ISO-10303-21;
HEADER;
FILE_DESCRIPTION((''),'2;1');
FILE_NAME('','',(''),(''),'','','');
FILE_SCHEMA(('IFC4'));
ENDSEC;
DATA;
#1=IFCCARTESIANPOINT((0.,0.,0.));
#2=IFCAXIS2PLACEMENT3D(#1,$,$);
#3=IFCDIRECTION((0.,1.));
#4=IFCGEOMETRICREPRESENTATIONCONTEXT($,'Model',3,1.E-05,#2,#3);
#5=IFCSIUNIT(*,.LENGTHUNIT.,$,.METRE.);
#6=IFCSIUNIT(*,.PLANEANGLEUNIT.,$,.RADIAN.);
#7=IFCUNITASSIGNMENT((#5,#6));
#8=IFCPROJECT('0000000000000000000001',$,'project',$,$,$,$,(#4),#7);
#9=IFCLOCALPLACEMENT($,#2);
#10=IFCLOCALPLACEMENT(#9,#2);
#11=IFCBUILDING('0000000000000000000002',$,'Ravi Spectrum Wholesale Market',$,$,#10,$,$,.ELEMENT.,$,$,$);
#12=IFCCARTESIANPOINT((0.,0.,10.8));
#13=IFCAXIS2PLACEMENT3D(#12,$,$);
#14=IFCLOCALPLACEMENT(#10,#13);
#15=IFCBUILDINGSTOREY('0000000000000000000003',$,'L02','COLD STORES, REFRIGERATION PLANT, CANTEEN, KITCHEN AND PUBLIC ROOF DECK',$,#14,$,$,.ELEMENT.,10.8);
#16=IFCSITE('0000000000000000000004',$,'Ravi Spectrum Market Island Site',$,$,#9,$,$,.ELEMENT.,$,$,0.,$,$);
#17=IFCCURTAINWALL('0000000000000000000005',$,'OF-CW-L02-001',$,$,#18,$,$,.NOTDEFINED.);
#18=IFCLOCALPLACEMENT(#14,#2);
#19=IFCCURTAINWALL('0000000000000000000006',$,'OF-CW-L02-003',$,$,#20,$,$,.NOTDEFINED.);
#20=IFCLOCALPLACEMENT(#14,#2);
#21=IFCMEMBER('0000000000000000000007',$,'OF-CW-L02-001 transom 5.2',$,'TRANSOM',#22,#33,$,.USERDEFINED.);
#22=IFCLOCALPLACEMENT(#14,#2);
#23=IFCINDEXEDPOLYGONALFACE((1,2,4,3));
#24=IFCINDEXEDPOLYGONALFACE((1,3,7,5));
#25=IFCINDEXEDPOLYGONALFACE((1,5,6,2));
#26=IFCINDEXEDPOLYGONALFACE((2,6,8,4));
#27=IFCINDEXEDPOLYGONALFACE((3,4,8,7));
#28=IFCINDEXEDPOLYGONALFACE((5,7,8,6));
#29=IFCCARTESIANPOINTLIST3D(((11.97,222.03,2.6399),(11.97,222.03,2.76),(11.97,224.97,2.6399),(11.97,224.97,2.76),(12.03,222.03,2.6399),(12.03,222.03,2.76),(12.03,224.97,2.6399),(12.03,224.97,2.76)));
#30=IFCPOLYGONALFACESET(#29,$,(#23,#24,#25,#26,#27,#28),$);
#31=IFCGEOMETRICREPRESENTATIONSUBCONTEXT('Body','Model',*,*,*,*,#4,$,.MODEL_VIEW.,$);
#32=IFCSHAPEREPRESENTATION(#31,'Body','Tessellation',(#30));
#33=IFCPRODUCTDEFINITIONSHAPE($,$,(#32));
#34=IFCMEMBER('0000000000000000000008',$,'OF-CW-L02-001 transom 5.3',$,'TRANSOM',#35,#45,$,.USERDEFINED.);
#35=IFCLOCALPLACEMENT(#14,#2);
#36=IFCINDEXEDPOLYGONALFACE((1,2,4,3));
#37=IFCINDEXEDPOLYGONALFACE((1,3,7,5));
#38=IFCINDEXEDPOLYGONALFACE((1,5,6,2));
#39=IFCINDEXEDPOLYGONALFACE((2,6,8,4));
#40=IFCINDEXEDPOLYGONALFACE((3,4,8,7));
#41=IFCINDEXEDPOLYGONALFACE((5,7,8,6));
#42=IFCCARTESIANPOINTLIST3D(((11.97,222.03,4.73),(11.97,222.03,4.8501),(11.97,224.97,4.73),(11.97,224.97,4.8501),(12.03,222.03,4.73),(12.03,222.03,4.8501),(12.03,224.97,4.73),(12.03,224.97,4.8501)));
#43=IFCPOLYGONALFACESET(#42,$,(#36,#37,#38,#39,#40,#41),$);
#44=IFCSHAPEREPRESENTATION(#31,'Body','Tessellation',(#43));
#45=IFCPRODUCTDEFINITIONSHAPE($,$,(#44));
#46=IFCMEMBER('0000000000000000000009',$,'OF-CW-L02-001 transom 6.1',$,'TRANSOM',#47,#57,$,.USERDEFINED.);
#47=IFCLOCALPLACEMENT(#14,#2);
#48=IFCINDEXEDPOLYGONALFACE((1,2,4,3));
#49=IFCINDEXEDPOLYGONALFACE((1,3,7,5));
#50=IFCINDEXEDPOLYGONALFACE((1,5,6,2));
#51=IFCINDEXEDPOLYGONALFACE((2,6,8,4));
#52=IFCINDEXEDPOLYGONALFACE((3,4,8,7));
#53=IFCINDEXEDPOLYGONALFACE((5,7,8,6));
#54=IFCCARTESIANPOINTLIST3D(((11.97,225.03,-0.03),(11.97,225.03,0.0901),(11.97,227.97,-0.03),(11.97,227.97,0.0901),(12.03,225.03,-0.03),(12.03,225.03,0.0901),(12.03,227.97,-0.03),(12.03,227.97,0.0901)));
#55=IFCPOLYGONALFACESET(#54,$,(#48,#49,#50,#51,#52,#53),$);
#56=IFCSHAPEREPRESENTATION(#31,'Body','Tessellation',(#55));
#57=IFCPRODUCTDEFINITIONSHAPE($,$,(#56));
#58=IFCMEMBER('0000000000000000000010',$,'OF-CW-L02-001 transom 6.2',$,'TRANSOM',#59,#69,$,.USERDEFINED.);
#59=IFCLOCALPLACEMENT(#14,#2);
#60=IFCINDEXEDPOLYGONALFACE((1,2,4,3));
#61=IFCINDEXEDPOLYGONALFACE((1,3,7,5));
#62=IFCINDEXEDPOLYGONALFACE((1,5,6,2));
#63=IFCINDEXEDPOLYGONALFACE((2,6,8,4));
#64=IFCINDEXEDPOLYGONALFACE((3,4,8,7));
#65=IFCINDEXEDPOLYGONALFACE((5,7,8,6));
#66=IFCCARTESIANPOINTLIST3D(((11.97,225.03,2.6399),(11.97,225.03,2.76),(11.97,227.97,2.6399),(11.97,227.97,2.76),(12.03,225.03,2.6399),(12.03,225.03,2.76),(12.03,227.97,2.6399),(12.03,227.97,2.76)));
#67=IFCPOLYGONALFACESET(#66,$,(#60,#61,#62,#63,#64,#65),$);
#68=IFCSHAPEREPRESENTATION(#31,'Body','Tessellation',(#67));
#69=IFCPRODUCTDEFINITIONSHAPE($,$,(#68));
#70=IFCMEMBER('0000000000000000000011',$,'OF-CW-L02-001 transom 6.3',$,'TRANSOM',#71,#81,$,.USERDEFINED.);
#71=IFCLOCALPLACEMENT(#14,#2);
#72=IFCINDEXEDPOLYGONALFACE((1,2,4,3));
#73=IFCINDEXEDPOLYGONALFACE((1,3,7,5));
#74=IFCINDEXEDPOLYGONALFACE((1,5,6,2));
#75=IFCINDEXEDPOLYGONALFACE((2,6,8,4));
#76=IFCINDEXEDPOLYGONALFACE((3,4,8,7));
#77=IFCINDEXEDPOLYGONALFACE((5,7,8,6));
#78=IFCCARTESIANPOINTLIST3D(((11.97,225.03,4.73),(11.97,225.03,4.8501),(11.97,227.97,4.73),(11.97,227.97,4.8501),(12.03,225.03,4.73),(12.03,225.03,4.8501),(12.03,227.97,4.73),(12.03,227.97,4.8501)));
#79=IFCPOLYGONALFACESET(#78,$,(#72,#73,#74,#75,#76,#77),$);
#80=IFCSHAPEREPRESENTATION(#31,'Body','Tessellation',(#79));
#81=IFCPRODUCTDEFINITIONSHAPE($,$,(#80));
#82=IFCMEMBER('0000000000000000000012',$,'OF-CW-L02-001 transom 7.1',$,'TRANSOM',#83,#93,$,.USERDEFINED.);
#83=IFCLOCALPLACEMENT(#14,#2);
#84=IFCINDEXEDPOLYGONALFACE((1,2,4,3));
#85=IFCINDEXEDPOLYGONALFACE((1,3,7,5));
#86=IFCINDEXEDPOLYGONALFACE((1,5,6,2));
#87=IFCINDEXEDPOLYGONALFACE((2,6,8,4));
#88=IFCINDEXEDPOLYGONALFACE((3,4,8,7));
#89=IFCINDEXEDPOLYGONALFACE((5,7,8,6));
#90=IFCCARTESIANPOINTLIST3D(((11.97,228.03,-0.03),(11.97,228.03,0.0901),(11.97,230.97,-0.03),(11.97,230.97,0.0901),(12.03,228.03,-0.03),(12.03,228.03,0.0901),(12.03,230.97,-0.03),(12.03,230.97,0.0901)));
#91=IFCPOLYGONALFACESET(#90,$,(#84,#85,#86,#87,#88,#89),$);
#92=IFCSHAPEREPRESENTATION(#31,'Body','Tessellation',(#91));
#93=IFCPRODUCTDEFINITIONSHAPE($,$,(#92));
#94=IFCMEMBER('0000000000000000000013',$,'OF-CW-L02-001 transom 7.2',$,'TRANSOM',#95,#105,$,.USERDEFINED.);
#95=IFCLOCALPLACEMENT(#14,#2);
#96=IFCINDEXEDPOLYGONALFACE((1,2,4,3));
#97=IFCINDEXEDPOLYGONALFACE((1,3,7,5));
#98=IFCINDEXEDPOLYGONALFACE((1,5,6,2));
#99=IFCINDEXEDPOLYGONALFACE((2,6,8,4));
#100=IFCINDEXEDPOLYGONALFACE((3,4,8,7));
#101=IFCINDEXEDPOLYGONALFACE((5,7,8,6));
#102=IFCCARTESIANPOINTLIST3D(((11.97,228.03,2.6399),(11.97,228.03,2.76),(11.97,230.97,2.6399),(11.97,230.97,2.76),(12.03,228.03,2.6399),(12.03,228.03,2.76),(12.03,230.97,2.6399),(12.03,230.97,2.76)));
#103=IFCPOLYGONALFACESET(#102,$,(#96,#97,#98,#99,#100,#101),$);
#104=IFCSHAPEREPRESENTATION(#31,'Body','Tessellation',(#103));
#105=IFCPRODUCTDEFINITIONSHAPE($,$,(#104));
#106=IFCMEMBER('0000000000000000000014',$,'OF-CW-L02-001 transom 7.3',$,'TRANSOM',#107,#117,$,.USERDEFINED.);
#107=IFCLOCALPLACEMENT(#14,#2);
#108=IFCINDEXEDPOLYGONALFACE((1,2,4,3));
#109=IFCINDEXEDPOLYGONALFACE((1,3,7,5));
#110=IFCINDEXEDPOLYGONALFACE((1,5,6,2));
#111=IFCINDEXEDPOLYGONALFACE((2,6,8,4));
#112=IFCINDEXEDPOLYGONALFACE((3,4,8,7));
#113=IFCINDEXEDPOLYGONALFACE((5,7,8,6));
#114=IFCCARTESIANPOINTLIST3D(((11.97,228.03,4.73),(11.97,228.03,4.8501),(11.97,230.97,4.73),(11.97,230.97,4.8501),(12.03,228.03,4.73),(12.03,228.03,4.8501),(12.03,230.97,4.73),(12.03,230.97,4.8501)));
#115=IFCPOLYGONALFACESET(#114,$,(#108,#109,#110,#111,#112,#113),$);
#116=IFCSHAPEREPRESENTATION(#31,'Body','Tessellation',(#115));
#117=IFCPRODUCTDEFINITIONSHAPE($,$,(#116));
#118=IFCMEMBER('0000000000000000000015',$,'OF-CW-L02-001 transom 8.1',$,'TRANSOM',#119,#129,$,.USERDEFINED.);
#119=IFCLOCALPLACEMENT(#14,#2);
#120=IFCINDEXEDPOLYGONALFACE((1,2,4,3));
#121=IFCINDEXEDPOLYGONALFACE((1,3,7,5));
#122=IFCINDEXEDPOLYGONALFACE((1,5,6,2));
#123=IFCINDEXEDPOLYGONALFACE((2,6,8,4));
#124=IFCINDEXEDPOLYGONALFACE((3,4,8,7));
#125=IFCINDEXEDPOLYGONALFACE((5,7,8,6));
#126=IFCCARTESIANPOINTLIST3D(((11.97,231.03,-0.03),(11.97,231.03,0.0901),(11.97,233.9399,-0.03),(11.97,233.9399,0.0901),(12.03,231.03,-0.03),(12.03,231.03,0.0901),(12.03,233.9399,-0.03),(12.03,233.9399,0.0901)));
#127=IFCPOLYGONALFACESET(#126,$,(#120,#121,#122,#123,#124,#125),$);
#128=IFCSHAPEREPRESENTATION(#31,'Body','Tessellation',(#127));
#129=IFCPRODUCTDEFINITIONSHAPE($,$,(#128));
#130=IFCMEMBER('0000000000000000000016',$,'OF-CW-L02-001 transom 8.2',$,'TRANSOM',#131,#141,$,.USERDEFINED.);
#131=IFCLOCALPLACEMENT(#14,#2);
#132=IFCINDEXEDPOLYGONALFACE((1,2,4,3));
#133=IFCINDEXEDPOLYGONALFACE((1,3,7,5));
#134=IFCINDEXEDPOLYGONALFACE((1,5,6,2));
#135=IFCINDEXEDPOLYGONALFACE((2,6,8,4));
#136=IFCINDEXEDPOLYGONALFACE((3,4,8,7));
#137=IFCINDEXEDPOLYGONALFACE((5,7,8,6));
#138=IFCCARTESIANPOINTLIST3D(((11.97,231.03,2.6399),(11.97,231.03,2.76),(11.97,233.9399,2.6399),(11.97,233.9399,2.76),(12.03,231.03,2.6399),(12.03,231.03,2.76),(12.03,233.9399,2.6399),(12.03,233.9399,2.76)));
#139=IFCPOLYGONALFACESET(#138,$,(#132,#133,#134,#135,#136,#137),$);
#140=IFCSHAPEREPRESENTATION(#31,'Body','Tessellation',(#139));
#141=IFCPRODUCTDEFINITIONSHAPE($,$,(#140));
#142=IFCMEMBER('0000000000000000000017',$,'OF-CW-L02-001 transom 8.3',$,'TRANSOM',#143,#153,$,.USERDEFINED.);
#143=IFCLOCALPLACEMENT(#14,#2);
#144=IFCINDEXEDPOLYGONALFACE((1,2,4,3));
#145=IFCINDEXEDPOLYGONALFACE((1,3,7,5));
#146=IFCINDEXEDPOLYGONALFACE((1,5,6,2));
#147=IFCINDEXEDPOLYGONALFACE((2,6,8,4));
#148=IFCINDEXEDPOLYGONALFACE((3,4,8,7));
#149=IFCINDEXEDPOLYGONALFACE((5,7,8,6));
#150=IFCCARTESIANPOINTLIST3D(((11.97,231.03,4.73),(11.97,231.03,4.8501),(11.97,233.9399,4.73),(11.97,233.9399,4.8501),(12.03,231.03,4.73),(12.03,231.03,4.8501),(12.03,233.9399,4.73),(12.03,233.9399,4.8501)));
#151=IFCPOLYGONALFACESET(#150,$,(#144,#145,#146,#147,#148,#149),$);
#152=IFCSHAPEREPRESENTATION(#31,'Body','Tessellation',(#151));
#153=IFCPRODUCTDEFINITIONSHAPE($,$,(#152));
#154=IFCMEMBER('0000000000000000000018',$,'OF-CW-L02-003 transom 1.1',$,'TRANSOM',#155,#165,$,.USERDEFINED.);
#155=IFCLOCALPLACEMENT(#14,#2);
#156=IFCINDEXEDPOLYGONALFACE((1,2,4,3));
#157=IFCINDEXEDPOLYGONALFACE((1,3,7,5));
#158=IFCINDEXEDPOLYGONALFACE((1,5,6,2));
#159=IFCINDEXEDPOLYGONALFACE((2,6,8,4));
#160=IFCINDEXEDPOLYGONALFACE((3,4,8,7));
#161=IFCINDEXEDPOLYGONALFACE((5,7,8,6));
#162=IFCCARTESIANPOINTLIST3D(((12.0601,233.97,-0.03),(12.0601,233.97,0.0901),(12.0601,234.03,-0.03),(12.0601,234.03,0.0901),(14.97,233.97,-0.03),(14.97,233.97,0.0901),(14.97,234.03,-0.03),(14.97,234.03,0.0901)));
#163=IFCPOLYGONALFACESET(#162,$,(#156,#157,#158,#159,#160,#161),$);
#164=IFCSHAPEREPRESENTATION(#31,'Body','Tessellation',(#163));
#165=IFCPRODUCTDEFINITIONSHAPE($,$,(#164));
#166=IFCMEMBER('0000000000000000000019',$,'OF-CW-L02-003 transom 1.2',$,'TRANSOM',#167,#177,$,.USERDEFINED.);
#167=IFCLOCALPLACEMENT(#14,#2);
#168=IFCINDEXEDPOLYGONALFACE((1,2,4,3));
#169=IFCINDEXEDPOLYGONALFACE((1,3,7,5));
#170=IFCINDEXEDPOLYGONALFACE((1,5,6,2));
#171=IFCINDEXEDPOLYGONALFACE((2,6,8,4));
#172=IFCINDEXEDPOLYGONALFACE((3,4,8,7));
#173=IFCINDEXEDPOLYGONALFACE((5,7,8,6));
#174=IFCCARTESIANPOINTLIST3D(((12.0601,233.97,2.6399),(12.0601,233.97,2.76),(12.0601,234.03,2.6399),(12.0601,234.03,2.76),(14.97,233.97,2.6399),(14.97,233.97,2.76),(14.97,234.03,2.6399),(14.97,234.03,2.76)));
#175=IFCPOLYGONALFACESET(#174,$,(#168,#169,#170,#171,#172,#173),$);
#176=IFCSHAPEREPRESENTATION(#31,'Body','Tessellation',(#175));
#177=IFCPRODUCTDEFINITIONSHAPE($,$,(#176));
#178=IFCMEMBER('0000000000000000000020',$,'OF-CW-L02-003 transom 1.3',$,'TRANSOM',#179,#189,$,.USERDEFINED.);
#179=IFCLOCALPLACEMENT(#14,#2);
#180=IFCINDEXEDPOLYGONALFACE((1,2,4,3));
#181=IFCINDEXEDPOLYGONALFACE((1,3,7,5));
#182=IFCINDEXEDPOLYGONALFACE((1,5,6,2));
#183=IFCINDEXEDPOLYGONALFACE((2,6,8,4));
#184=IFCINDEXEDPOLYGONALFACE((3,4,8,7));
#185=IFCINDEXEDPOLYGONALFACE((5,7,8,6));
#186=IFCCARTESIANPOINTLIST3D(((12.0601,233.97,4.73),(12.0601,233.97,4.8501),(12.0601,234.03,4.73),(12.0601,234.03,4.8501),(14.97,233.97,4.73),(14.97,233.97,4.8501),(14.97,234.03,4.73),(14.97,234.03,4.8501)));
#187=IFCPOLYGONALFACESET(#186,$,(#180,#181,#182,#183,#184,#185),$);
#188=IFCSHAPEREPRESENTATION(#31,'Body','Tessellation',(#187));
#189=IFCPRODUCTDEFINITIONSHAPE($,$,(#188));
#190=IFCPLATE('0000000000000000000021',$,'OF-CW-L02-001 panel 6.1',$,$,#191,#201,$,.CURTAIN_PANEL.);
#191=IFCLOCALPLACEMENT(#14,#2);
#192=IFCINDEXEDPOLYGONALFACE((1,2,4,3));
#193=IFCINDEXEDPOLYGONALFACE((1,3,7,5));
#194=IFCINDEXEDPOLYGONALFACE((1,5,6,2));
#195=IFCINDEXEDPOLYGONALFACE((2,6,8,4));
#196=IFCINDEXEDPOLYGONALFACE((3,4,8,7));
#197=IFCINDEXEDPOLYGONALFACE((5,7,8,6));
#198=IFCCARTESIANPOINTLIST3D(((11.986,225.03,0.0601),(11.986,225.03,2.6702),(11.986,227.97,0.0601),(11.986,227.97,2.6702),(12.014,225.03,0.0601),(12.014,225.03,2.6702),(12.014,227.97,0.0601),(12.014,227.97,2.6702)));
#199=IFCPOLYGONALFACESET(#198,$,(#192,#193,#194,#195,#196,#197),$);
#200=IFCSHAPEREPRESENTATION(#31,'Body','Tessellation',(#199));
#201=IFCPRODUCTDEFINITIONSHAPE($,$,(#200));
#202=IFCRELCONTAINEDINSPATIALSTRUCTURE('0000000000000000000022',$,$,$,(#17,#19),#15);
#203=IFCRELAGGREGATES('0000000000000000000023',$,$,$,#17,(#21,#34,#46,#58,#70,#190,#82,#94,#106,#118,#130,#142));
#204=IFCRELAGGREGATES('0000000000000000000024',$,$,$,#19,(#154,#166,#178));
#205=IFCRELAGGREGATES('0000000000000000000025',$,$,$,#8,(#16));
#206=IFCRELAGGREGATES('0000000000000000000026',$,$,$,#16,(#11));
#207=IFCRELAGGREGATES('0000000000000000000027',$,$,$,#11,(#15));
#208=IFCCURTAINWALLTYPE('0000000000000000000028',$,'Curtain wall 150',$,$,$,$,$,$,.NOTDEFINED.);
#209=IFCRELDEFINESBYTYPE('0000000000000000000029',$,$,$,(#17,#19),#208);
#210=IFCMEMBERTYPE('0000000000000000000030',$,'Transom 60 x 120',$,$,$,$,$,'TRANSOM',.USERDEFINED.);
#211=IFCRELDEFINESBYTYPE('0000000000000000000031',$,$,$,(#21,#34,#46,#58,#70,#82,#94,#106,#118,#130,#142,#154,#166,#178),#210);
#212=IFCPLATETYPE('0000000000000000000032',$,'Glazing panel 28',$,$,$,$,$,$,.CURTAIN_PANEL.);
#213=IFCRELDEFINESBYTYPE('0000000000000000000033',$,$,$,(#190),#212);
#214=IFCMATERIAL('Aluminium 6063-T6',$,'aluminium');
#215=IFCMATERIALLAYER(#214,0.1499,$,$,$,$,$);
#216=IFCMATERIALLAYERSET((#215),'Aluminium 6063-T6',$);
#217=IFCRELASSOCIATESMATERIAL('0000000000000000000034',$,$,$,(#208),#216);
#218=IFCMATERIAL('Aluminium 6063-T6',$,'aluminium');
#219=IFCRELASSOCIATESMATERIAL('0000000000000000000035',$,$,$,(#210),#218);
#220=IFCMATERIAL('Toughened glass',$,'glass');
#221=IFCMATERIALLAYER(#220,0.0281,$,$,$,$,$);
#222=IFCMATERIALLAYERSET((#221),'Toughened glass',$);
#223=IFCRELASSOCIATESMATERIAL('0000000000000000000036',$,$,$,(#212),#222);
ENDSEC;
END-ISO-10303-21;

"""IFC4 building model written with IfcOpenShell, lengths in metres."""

from ifc_helpers import new_model, si_unit, direction, frame, origin, origin_2d, place, context, subcontext, project, spatial, rectangle, extrude, material, layer, layer_set, material_profile, profile_set, type_object, element, aggregate, save


model = new_model("IFC4")

# Units and contexts
model_context = context("Model", 3, precision=1e-05, world=origin(), true_north=direction((0.0, 1.0)))
body_context = subcontext(model_context, "Body", "Model", "MODEL_VIEW")
ifc_project = project(units=[si_unit("LENGTHUNIT", "METRE"), si_unit("PLANEANGLEUNIT", "RADIAN")], contexts=[model_context])

# Site, building, storey
site_placement = place(None, origin())
site = spatial("IfcSite", under=ifc_project, at=site_placement, Name="Ravi Spectrum Market Island Site", CompositionType="ELEMENT", RefElevation=0.0)
building_placement = place(site_placement, origin())
building = spatial("IfcBuilding", under=site, at=building_placement, Name="Ravi Spectrum Wholesale Market", CompositionType="ELEMENT")
storey_placement = place(building_placement, frame((0.0, 0.0, 10.8)))
storey = spatial("IfcBuildingStorey", under=building, at=storey_placement, Name="L02", Description="COLD STORES, REFRIGERATION PLANT, CANTEEN, KITCHEN AND PUBLIC ROOF DECK", CompositionType="ELEMENT", Elevation=10.8)

# Curtain wall
ifc_material_1 = material(Name="Aluminium 6063-T6", Category="aluminium")
ifc_layer_1 = layer(ifc_material_1, 0.1499)
ifc_layer_set_1 = layer_set([ifc_layer_1], Name="Aluminium 6063-T6")
curtain_wall_type = type_object("IfcCurtainWallType", Name="Curtain wall 150", PredefinedType="NOTDEFINED", material=ifc_layer_set_1)
curtain_wall_1_placement = place(storey_placement, origin())
curtain_wall_1 = element("IfcCurtainWall", 1, at=curtain_wall_1_placement, inside=storey, type_object=curtain_wall_type, Name="OF-CW-L02-001", PredefinedType="NOTDEFINED")

# Curtain wall
curtain_wall_2_placement = place(storey_placement, origin())
curtain_wall_2 = element("IfcCurtainWall", 2, at=curtain_wall_2_placement, inside=storey, type_object=curtain_wall_type, Name="OF-CW-L02-003", PredefinedType="NOTDEFINED")

# Members
ifc_material_2 = material(Name="Aluminium 6063-T6", Category="aluminium")
ifc_material_profile_1 = material_profile(ifc_material_2, rectangle(XDim=0.0601, YDim=0.1201, at=origin_2d()))
ifc_profile_set_1 = profile_set([ifc_material_profile_1], Name="Aluminium 6063-T6")
member_type_1 = type_object("IfcMemberType", Name="Transom 60 x 120", ElementType="TRANSOM", PredefinedType="USERDEFINED", material=ifc_profile_set_1)
member_1_placement = place(storey_placement, frame((12.0, 222.03, 2.7), z_axis=(0.0, 1.0, 0.0), x_axis=(-1.0, 0.0, 0.0)))
member_1 = element("IfcMember", 3, at=member_1_placement, type_object=member_type_1, Name="OF-CW-L02-001 transom 5.2", ObjectType="TRANSOM", PredefinedType="USERDEFINED", context=body_context, shape_type="SweptSolid", body=[
    extrude(rectangle(XDim=0.0601, YDim=0.1201, at=origin_2d()), origin(), (0.0, 0.0, 1.0), 2.9399),
])
member_2_placement = place(storey_placement, frame((12.0, 222.03, 4.79), z_axis=(0.0, 1.0, 0.0), x_axis=(-1.0, 0.0, 0.0)))
member_2 = element("IfcMember", 4, at=member_2_placement, type_object=member_type_1, Name="OF-CW-L02-001 transom 5.3", ObjectType="TRANSOM", PredefinedType="USERDEFINED", context=body_context, shape_type="SweptSolid", body=[
    extrude(rectangle(XDim=0.0601, YDim=0.1201, at=origin_2d()), origin(), (0.0, 0.0, 1.0), 2.9399),
])
member_3_placement = place(storey_placement, frame((12.0, 225.03, 0.03), z_axis=(0.0, 1.0, 0.0), x_axis=(-1.0, 0.0, 0.0)))
member_3 = element("IfcMember", 5, at=member_3_placement, type_object=member_type_1, Name="OF-CW-L02-001 transom 6.1", ObjectType="TRANSOM", PredefinedType="USERDEFINED", context=body_context, shape_type="SweptSolid", body=[
    extrude(rectangle(XDim=0.0601, YDim=0.1201, at=origin_2d()), origin(), (0.0, 0.0, 1.0), 2.9399),
])
member_4_placement = place(storey_placement, frame((12.0, 225.03, 2.7), z_axis=(0.0, 1.0, 0.0), x_axis=(-1.0, 0.0, 0.0)))
member_4 = element("IfcMember", 6, at=member_4_placement, type_object=member_type_1, Name="OF-CW-L02-001 transom 6.2", ObjectType="TRANSOM", PredefinedType="USERDEFINED", context=body_context, shape_type="SweptSolid", body=[
    extrude(rectangle(XDim=0.0601, YDim=0.1201, at=origin_2d()), origin(), (0.0, 0.0, 1.0), 2.9399),
])
member_5_placement = place(storey_placement, frame((12.0, 225.03, 4.79), z_axis=(0.0, 1.0, 0.0), x_axis=(-1.0, 0.0, 0.0)))
member_5 = element("IfcMember", 7, at=member_5_placement, type_object=member_type_1, Name="OF-CW-L02-001 transom 6.3", ObjectType="TRANSOM", PredefinedType="USERDEFINED", context=body_context, shape_type="SweptSolid", body=[
    extrude(rectangle(XDim=0.0601, YDim=0.1201, at=origin_2d()), origin(), (0.0, 0.0, 1.0), 2.9399),
])
member_6_placement = place(storey_placement, frame((12.0, 228.03, 0.03), z_axis=(0.0, 1.0, 0.0), x_axis=(-1.0, 0.0, 0.0)))
member_6 = element("IfcMember", 8, at=member_6_placement, type_object=member_type_1, Name="OF-CW-L02-001 transom 7.1", ObjectType="TRANSOM", PredefinedType="USERDEFINED", context=body_context, shape_type="SweptSolid", body=[
    extrude(rectangle(XDim=0.0601, YDim=0.1201, at=origin_2d()), origin(), (0.0, 0.0, 1.0), 2.9399),
])
member_7_placement = place(storey_placement, frame((12.0, 228.03, 2.7), z_axis=(0.0, 1.0, 0.0), x_axis=(-1.0, 0.0, 0.0)))
member_7 = element("IfcMember", 9, at=member_7_placement, type_object=member_type_1, Name="OF-CW-L02-001 transom 7.2", ObjectType="TRANSOM", PredefinedType="USERDEFINED", context=body_context, shape_type="SweptSolid", body=[
    extrude(rectangle(XDim=0.0601, YDim=0.1201, at=origin_2d()), origin(), (0.0, 0.0, 1.0), 2.9399),
])
member_8_placement = place(storey_placement, frame((12.0, 228.03, 4.79), z_axis=(0.0, 1.0, 0.0), x_axis=(-1.0, 0.0, 0.0)))
member_8 = element("IfcMember", 10, at=member_8_placement, type_object=member_type_1, Name="OF-CW-L02-001 transom 7.3", ObjectType="TRANSOM", PredefinedType="USERDEFINED", context=body_context, shape_type="SweptSolid", body=[
    extrude(rectangle(XDim=0.0601, YDim=0.1201, at=origin_2d()), origin(), (0.0, 0.0, 1.0), 2.9399),
])
member_9_placement = place(storey_placement, frame((12.0, 231.03, 0.03), z_axis=(0.0, 1.0, 0.0), x_axis=(-1.0, 0.0, 0.0)))
member_9 = element("IfcMember", 11, at=member_9_placement, type_object=member_type_1, Name="OF-CW-L02-001 transom 8.1", ObjectType="TRANSOM", PredefinedType="USERDEFINED", context=body_context, shape_type="SweptSolid", body=[
    extrude(rectangle(XDim=0.0601, YDim=0.1201, at=origin_2d()), origin(), (0.0, 0.0, 1.0), 2.9099),
])
member_10_placement = place(storey_placement, frame((12.0, 231.03, 2.7), z_axis=(0.0, 1.0, 0.0), x_axis=(-1.0, 0.0, 0.0)))
member_10 = element("IfcMember", 12, at=member_10_placement, type_object=member_type_1, Name="OF-CW-L02-001 transom 8.2", ObjectType="TRANSOM", PredefinedType="USERDEFINED", context=body_context, shape_type="SweptSolid", body=[
    extrude(rectangle(XDim=0.0601, YDim=0.1201, at=origin_2d()), origin(), (0.0, 0.0, 1.0), 2.9099),
])
member_11_placement = place(storey_placement, frame((12.0, 231.03, 4.79), z_axis=(0.0, 1.0, 0.0), x_axis=(-1.0, 0.0, 0.0)))
member_11 = element("IfcMember", 13, at=member_11_placement, type_object=member_type_1, Name="OF-CW-L02-001 transom 8.3", ObjectType="TRANSOM", PredefinedType="USERDEFINED", context=body_context, shape_type="SweptSolid", body=[
    extrude(rectangle(XDim=0.0601, YDim=0.1201, at=origin_2d()), origin(), (0.0, 0.0, 1.0), 2.9099),
])
member_12_placement = place(storey_placement, frame((12.0601, 234.0, 0.03), z_axis=(1.0, 0.0, 0.0), x_axis=(0.0, 1.0, 0.0)))
member_12 = element("IfcMember", 14, at=member_12_placement, type_object=member_type_1, Name="OF-CW-L02-003 transom 1.1", ObjectType="TRANSOM", PredefinedType="USERDEFINED", context=body_context, shape_type="SweptSolid", body=[
    extrude(rectangle(XDim=0.0601, YDim=0.1201, at=origin_2d()), origin(), (0.0, 0.0, 1.0), 2.9099),
])
member_13_placement = place(storey_placement, frame((12.0601, 234.0, 2.7), z_axis=(1.0, 0.0, 0.0), x_axis=(0.0, 1.0, 0.0)))
member_13 = element("IfcMember", 15, at=member_13_placement, type_object=member_type_1, Name="OF-CW-L02-003 transom 1.2", ObjectType="TRANSOM", PredefinedType="USERDEFINED", context=body_context, shape_type="SweptSolid", body=[
    extrude(rectangle(XDim=0.0601, YDim=0.1201, at=origin_2d()), origin(), (0.0, 0.0, 1.0), 2.9099),
])
member_14_placement = place(storey_placement, frame((12.0601, 234.0, 4.79), z_axis=(1.0, 0.0, 0.0), x_axis=(0.0, 1.0, 0.0)))
member_14 = element("IfcMember", 16, at=member_14_placement, type_object=member_type_1, Name="OF-CW-L02-003 transom 1.3", ObjectType="TRANSOM", PredefinedType="USERDEFINED", context=body_context, shape_type="SweptSolid", body=[
    extrude(rectangle(XDim=0.0601, YDim=0.1201, at=origin_2d()), origin(), (0.0, 0.0, 1.0), 2.9099),
])

# Plate
ifc_material_3 = material(Name="Toughened glass", Category="glass")
ifc_layer_2 = layer(ifc_material_3, 0.0281)
ifc_layer_set_2 = layer_set([ifc_layer_2], Name="Toughened glass")
plate_type_1 = type_object("IfcPlateType", Name="Glazing panel 28", PredefinedType="CURTAIN_PANEL", material=ifc_layer_set_2)
plate_1_placement = place(storey_placement, frame((12.0, 226.5, 0.0601), z_axis=(0.0, 0.0, 1.0), x_axis=(0.0, 1.0, 0.0)))
plate_1 = element("IfcPlate", 17, at=plate_1_placement, type_object=plate_type_1, Name="OF-CW-L02-001 panel 6.1", PredefinedType="CURTAIN_PANEL", context=body_context, shape_type="SweptSolid", body=[
    extrude(rectangle(XDim=2.9399, YDim=0.0281, at=origin_2d()), origin(), (0.0, 0.0, 1.0), 2.6101),
])
aggregate(curtain_wall_1, [member_1, member_2, member_3, member_4, member_5, plate_1, member_6, member_7, member_8, member_9, member_10, member_11])
aggregate(curtain_wall_2, [member_12, member_13, member_14])

save(model, "model.ifc")
